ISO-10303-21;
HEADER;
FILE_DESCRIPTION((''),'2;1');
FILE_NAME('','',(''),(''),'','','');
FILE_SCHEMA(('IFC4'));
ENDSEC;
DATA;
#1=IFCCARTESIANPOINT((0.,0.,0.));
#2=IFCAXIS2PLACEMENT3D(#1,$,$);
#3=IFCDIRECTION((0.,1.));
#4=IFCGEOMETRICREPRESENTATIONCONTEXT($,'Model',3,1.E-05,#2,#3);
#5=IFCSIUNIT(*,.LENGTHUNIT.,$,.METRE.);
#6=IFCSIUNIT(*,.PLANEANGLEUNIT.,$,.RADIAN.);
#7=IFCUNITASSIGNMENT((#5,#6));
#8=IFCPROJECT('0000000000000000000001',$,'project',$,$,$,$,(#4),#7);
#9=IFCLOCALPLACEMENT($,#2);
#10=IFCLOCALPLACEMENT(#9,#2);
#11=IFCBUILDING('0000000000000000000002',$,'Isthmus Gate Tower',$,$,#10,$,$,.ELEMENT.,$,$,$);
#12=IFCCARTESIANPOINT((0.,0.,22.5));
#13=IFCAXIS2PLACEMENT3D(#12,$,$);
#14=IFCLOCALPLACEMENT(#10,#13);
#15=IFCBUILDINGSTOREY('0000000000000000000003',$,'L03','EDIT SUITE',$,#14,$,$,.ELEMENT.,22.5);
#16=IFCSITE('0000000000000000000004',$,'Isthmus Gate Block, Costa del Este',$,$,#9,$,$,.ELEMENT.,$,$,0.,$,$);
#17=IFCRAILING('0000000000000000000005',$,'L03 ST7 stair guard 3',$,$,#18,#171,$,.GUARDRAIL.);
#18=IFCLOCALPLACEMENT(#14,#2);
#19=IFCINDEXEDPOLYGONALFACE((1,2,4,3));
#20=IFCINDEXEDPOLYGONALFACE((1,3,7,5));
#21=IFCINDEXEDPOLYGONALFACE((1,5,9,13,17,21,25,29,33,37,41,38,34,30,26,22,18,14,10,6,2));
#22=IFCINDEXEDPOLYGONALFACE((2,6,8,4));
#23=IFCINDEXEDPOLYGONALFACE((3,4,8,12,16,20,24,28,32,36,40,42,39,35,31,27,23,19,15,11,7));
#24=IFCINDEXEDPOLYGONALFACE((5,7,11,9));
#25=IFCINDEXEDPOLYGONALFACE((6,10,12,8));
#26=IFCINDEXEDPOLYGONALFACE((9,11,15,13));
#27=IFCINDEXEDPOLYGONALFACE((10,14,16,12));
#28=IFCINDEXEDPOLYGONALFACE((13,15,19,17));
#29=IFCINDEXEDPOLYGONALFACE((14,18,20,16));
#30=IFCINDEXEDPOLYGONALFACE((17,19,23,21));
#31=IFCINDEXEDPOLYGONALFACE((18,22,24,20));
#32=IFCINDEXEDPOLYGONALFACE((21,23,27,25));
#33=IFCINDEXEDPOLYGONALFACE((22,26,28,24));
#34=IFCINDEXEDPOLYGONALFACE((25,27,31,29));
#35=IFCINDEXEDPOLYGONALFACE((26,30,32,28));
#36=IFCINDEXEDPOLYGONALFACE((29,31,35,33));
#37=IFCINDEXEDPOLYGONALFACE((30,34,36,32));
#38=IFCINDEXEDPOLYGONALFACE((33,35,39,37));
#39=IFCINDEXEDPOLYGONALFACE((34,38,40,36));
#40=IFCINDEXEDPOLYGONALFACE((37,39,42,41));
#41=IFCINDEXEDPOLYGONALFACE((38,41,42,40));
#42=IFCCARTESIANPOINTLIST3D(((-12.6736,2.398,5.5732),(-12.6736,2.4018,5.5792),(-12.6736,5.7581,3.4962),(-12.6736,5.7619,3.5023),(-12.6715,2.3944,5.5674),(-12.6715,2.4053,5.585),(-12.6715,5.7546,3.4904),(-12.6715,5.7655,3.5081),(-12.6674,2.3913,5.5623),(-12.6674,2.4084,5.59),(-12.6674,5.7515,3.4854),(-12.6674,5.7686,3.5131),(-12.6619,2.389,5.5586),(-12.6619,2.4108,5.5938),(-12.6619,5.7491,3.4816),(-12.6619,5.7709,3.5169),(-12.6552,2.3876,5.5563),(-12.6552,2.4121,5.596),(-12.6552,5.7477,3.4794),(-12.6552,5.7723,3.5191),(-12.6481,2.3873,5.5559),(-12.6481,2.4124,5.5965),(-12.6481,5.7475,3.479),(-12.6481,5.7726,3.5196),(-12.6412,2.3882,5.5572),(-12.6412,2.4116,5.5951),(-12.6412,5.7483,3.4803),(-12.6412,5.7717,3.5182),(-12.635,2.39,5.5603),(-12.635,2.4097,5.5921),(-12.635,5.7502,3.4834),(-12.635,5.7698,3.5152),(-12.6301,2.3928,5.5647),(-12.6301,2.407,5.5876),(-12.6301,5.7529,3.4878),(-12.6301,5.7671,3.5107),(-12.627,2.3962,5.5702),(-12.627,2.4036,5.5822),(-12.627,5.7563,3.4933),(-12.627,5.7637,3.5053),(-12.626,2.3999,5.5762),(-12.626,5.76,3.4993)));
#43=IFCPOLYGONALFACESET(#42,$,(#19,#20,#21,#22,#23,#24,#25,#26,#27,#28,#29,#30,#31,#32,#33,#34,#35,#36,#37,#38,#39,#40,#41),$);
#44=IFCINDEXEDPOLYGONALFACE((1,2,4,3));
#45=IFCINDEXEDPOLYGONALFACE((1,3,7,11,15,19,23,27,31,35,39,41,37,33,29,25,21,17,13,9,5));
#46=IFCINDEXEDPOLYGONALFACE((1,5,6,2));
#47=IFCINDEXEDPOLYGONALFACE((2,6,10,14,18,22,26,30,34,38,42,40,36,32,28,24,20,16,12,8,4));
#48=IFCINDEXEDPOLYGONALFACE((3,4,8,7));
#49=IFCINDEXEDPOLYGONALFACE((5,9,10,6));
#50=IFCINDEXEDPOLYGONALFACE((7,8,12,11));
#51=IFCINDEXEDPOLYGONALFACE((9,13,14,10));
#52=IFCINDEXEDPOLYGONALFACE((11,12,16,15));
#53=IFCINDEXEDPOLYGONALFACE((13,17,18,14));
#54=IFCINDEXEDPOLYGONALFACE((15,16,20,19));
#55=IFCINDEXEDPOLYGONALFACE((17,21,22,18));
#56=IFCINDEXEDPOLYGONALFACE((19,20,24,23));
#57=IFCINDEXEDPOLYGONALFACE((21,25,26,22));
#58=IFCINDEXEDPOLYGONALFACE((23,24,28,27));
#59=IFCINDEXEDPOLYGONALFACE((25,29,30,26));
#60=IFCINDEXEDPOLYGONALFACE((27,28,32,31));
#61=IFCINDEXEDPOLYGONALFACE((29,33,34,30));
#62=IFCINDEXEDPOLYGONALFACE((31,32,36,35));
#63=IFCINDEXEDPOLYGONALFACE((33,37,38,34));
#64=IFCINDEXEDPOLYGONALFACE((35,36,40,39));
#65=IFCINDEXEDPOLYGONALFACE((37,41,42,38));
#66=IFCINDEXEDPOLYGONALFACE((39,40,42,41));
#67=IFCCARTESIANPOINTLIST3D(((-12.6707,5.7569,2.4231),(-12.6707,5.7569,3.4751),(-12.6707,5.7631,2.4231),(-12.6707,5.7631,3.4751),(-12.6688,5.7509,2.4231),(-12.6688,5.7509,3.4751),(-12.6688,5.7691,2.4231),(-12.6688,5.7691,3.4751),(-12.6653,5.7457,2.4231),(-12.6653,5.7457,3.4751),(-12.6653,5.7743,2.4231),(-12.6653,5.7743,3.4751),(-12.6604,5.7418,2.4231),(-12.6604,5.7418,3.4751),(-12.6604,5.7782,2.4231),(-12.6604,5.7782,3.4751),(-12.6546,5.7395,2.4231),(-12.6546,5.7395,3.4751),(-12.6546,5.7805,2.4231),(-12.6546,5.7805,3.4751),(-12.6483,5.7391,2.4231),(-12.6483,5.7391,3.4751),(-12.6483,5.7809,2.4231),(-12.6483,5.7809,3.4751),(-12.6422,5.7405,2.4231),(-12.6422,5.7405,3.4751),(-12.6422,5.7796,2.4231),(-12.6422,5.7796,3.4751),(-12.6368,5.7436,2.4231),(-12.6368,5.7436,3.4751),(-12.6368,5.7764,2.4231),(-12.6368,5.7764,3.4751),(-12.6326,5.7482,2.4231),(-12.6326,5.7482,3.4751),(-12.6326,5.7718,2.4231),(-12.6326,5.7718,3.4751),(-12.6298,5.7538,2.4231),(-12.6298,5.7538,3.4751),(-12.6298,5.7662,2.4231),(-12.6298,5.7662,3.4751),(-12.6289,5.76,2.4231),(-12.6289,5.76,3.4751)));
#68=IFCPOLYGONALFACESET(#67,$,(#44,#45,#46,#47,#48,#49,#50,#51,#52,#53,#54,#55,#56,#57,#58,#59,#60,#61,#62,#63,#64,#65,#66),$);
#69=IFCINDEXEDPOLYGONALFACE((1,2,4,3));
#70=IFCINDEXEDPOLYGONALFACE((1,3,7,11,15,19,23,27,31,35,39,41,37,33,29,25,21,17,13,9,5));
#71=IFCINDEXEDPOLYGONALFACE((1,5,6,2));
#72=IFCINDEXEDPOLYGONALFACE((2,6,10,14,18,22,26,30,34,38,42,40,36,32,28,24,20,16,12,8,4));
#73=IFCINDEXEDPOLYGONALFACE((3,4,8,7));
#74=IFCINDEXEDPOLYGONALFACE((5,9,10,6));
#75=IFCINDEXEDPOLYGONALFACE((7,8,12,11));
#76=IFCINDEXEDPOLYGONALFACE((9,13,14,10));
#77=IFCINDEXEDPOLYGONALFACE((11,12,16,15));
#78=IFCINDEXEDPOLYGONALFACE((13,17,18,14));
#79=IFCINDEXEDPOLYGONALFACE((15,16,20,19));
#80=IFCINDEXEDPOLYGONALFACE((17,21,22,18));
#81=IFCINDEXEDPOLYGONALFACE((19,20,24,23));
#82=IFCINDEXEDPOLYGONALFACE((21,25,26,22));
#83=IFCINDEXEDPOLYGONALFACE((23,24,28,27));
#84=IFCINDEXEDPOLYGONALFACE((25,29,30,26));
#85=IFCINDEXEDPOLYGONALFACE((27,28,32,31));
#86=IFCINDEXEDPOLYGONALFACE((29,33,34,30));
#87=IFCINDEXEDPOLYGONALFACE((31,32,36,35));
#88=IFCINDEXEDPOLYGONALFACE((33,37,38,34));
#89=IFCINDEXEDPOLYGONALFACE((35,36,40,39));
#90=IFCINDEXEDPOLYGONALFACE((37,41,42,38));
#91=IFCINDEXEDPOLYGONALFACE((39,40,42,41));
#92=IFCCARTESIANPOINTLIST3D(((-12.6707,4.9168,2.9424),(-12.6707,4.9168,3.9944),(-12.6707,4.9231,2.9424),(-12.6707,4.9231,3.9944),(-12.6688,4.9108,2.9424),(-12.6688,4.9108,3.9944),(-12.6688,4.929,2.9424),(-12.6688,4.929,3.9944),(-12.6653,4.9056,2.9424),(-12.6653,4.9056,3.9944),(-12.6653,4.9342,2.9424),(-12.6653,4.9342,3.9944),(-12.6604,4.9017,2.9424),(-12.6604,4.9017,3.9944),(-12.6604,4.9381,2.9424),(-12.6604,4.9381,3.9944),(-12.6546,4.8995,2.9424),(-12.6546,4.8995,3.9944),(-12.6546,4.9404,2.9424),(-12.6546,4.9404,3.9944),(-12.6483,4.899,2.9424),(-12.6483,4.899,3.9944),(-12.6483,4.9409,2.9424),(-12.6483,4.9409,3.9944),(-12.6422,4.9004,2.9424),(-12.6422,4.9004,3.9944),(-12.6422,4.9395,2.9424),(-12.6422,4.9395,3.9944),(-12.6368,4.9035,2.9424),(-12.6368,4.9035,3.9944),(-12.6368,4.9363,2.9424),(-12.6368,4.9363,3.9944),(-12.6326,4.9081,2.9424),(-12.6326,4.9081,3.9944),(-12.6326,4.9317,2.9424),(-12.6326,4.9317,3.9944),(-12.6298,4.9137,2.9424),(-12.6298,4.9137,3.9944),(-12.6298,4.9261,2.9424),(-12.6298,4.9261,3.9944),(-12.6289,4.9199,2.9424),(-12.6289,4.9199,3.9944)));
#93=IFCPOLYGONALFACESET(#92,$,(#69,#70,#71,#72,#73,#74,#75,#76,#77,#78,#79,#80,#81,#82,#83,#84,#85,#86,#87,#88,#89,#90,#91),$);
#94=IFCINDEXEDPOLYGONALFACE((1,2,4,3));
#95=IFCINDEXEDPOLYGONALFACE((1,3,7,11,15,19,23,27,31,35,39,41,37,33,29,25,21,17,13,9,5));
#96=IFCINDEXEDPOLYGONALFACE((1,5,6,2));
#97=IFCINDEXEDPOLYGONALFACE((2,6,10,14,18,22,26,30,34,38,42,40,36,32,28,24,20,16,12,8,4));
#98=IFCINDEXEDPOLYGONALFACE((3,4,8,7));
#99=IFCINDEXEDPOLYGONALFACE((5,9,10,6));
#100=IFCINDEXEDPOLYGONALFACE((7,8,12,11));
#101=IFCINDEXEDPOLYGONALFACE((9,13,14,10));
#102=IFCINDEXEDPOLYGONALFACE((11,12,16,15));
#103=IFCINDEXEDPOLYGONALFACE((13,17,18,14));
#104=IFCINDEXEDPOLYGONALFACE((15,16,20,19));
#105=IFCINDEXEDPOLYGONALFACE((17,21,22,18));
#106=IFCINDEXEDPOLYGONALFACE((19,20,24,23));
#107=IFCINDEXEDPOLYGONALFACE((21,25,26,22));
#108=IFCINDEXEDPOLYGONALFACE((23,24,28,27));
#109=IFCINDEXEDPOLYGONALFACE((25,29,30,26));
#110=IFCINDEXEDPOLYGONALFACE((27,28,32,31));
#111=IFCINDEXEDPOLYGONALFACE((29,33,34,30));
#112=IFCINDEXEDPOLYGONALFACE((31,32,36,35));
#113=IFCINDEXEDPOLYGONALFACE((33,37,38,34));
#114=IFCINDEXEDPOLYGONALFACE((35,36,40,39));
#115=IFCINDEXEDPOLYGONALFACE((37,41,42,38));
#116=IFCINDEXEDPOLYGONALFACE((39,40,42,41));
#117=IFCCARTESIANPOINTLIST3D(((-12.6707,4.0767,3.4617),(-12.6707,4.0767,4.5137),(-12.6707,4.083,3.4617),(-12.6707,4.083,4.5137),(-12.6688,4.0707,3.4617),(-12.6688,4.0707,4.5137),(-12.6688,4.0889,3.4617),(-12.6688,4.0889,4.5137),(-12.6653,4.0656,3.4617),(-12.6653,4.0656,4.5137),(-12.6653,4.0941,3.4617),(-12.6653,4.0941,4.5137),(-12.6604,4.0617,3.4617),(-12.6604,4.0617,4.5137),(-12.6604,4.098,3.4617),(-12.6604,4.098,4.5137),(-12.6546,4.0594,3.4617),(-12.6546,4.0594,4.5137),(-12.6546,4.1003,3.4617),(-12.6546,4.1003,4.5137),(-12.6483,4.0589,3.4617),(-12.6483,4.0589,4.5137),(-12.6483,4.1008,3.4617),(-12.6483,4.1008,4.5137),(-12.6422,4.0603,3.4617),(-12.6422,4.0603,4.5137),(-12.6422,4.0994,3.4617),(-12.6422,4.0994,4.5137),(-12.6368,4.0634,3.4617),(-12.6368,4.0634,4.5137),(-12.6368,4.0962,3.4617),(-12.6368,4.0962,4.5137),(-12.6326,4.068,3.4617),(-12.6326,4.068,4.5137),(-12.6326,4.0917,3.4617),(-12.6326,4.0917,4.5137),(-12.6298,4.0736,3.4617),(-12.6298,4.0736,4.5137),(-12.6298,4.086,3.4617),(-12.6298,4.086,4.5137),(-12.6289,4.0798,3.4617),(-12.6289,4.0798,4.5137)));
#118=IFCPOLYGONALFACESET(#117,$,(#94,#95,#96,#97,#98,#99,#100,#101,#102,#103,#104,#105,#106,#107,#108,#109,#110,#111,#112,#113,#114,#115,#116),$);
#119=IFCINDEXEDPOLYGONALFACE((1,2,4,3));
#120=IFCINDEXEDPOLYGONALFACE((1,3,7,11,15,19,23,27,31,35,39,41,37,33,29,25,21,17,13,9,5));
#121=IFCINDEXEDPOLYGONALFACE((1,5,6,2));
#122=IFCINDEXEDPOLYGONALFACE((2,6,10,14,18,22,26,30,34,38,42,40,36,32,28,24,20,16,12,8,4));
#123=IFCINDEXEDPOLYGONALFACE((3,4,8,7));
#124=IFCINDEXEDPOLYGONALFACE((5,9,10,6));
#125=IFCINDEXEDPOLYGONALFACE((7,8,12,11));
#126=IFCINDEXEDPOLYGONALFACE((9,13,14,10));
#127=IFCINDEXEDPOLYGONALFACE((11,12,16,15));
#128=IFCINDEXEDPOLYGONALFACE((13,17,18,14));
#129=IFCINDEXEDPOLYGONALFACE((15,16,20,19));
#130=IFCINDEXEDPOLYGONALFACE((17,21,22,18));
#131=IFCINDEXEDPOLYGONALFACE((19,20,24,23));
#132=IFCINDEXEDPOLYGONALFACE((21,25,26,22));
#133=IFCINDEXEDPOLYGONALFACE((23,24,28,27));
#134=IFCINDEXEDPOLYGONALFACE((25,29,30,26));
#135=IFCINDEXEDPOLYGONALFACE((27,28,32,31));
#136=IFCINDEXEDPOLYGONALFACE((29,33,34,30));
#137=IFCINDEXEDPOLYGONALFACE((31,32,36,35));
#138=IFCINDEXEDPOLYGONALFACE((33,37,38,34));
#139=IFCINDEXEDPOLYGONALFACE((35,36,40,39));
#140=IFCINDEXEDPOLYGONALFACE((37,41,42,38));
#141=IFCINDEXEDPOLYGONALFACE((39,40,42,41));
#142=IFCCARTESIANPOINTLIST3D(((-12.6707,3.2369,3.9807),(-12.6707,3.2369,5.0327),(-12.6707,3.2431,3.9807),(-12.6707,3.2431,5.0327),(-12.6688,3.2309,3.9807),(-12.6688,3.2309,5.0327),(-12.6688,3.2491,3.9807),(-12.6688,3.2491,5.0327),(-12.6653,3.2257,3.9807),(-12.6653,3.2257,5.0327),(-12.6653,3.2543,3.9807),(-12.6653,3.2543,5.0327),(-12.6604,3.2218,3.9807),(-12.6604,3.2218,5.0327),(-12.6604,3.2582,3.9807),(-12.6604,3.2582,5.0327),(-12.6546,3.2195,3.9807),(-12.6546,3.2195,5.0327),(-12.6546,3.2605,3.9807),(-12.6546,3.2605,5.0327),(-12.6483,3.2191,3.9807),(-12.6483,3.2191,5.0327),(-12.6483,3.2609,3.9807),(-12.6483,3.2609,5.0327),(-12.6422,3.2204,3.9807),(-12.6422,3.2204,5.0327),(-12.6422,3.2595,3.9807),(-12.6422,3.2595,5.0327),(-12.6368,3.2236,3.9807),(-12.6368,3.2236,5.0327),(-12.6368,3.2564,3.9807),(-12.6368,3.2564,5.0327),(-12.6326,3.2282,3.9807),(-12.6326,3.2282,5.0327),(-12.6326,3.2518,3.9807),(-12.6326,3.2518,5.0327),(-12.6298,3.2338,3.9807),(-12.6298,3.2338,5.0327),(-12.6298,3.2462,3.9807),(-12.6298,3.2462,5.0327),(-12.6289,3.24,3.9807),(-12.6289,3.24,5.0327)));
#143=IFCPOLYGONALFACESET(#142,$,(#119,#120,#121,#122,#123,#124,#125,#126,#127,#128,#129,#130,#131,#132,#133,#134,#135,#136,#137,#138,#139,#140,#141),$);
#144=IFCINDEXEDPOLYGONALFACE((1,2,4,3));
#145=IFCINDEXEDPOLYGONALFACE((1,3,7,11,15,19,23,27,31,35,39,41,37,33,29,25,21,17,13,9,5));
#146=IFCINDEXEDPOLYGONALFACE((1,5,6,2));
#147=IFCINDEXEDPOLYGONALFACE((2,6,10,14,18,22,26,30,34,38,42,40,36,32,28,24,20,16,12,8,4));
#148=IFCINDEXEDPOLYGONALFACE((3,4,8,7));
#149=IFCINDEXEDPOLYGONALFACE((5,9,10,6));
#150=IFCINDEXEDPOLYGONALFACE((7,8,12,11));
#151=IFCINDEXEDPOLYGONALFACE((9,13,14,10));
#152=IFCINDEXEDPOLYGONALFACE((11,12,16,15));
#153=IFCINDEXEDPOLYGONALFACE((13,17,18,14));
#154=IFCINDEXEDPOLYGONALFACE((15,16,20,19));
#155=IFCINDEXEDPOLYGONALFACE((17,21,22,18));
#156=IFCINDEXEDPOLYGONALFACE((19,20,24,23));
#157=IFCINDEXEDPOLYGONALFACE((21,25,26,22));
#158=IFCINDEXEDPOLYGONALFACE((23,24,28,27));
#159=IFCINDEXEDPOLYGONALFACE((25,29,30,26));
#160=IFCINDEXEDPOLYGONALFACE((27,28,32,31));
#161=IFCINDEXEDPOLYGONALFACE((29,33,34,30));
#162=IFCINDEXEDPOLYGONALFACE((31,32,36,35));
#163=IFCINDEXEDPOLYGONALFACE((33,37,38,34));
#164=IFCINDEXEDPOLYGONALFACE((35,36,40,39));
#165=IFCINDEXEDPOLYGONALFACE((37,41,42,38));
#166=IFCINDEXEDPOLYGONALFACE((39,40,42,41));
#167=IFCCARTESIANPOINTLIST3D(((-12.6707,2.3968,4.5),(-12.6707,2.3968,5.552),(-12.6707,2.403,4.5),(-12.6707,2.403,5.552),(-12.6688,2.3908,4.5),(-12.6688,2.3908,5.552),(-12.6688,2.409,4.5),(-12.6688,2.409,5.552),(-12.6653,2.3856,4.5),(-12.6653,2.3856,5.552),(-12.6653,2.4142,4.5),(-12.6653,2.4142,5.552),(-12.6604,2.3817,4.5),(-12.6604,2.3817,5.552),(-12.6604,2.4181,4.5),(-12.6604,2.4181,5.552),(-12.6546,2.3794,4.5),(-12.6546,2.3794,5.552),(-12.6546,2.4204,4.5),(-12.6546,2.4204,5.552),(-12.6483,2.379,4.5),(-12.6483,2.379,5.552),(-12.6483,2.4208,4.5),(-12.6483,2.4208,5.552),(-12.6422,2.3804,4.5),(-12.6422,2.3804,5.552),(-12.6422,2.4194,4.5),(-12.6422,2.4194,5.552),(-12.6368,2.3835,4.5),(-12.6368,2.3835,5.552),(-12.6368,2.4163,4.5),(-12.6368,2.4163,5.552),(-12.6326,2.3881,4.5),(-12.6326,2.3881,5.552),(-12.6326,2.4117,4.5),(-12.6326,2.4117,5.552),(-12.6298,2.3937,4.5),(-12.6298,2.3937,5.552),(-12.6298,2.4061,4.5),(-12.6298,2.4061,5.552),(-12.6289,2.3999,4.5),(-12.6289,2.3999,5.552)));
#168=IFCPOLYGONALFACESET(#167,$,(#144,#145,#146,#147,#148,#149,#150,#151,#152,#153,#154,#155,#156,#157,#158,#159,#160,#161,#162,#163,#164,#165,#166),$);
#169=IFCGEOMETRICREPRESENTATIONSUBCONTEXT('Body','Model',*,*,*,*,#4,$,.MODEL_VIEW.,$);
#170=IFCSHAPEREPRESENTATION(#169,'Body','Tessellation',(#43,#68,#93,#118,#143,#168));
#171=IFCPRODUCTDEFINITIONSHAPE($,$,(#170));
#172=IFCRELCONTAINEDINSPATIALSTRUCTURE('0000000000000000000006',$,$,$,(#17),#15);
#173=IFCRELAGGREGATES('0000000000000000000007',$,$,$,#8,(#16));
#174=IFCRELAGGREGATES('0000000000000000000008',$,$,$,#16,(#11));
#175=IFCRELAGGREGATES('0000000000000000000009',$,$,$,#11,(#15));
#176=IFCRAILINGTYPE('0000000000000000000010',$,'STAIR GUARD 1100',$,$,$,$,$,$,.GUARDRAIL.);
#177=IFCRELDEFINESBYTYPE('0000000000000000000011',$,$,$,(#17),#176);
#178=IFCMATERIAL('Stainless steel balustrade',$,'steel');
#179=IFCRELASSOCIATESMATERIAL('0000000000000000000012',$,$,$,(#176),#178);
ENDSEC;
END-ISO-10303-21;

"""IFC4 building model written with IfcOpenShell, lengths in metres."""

from ifc_helpers import new_model, si_unit, direction, frame, origin, origin_2d, place, context, subcontext, project, spatial, circle, extrude, material, type_object, element, save


model = new_model("IFC4")

# Units and contexts
model_context = context("Model", 3, precision=1e-05, world=origin(), true_north=direction((0.0, 1.0)))
body_context = subcontext(model_context, "Body", "Model", "MODEL_VIEW")
ifc_project = project(units=[si_unit("LENGTHUNIT", "METRE"), si_unit("PLANEANGLEUNIT", "RADIAN")], contexts=[model_context])

# Site, building, storey
site_placement = place(None, origin())
site = spatial("IfcSite", under=ifc_project, at=site_placement, Name="Isthmus Gate Block, Costa del Este", CompositionType="ELEMENT", RefElevation=0.0)
building_placement = place(site_placement, origin())
building = spatial("IfcBuilding", under=site, at=building_placement, Name="Isthmus Gate Tower", CompositionType="ELEMENT")
storey_placement = place(building_placement, frame((0.0, 0.0, 22.5)))
storey = spatial("IfcBuildingStorey", under=building, at=storey_placement, Name="L03", Description="EDIT SUITE", CompositionType="ELEMENT", Elevation=22.5)

# Railing
ifc_material_1 = material(Name="Stainless steel balustrade", Category="steel")
railing_type_1 = type_object("IfcRailingType", Name="STAIR GUARD 1100", PredefinedType="GUARDRAIL", material=ifc_material_1)
railing_placement = place(storey_placement, frame((-12.6499, 5.76, 2.4231)))
element("IfcRailing", 1, at=railing_placement, inside=storey, type_object=railing_type_1, Name="L03 ST7 stair guard 3", PredefinedType="GUARDRAIL", context=body_context, shape_type="SweptSolid", body=[
    extrude(circle(Radius=0.0239, at=origin_2d()), frame((0.0, 0.0, 1.0762), z_axis=(0.0, -0.850623, 0.525776), x_axis=(1.0, 0.0, 0.0)), (0.0, 0.0, 1.0), 3.9502),
    extrude(circle(Radius=0.021, at=origin_2d()), origin(), (0.0, 0.0, 1.0), 1.052),
    extrude(circle(Radius=0.021, at=origin_2d()), frame((0.0, -0.8401, 0.5193)), (0.0, 0.0, 1.0), 1.052),
    extrude(circle(Radius=0.021, at=origin_2d()), frame((0.0, -1.6802, 1.0386)), (0.0, 0.0, 1.0), 1.052),
    extrude(circle(Radius=0.021, at=origin_2d()), frame((0.0, -2.52, 1.5576)), (0.0, 0.0, 1.0), 1.052),
    extrude(circle(Radius=0.021, at=origin_2d()), frame((0.0, -3.3601, 2.0769)), (0.0, 0.0, 1.0), 1.052),
])

save(model, "model.ifc")
